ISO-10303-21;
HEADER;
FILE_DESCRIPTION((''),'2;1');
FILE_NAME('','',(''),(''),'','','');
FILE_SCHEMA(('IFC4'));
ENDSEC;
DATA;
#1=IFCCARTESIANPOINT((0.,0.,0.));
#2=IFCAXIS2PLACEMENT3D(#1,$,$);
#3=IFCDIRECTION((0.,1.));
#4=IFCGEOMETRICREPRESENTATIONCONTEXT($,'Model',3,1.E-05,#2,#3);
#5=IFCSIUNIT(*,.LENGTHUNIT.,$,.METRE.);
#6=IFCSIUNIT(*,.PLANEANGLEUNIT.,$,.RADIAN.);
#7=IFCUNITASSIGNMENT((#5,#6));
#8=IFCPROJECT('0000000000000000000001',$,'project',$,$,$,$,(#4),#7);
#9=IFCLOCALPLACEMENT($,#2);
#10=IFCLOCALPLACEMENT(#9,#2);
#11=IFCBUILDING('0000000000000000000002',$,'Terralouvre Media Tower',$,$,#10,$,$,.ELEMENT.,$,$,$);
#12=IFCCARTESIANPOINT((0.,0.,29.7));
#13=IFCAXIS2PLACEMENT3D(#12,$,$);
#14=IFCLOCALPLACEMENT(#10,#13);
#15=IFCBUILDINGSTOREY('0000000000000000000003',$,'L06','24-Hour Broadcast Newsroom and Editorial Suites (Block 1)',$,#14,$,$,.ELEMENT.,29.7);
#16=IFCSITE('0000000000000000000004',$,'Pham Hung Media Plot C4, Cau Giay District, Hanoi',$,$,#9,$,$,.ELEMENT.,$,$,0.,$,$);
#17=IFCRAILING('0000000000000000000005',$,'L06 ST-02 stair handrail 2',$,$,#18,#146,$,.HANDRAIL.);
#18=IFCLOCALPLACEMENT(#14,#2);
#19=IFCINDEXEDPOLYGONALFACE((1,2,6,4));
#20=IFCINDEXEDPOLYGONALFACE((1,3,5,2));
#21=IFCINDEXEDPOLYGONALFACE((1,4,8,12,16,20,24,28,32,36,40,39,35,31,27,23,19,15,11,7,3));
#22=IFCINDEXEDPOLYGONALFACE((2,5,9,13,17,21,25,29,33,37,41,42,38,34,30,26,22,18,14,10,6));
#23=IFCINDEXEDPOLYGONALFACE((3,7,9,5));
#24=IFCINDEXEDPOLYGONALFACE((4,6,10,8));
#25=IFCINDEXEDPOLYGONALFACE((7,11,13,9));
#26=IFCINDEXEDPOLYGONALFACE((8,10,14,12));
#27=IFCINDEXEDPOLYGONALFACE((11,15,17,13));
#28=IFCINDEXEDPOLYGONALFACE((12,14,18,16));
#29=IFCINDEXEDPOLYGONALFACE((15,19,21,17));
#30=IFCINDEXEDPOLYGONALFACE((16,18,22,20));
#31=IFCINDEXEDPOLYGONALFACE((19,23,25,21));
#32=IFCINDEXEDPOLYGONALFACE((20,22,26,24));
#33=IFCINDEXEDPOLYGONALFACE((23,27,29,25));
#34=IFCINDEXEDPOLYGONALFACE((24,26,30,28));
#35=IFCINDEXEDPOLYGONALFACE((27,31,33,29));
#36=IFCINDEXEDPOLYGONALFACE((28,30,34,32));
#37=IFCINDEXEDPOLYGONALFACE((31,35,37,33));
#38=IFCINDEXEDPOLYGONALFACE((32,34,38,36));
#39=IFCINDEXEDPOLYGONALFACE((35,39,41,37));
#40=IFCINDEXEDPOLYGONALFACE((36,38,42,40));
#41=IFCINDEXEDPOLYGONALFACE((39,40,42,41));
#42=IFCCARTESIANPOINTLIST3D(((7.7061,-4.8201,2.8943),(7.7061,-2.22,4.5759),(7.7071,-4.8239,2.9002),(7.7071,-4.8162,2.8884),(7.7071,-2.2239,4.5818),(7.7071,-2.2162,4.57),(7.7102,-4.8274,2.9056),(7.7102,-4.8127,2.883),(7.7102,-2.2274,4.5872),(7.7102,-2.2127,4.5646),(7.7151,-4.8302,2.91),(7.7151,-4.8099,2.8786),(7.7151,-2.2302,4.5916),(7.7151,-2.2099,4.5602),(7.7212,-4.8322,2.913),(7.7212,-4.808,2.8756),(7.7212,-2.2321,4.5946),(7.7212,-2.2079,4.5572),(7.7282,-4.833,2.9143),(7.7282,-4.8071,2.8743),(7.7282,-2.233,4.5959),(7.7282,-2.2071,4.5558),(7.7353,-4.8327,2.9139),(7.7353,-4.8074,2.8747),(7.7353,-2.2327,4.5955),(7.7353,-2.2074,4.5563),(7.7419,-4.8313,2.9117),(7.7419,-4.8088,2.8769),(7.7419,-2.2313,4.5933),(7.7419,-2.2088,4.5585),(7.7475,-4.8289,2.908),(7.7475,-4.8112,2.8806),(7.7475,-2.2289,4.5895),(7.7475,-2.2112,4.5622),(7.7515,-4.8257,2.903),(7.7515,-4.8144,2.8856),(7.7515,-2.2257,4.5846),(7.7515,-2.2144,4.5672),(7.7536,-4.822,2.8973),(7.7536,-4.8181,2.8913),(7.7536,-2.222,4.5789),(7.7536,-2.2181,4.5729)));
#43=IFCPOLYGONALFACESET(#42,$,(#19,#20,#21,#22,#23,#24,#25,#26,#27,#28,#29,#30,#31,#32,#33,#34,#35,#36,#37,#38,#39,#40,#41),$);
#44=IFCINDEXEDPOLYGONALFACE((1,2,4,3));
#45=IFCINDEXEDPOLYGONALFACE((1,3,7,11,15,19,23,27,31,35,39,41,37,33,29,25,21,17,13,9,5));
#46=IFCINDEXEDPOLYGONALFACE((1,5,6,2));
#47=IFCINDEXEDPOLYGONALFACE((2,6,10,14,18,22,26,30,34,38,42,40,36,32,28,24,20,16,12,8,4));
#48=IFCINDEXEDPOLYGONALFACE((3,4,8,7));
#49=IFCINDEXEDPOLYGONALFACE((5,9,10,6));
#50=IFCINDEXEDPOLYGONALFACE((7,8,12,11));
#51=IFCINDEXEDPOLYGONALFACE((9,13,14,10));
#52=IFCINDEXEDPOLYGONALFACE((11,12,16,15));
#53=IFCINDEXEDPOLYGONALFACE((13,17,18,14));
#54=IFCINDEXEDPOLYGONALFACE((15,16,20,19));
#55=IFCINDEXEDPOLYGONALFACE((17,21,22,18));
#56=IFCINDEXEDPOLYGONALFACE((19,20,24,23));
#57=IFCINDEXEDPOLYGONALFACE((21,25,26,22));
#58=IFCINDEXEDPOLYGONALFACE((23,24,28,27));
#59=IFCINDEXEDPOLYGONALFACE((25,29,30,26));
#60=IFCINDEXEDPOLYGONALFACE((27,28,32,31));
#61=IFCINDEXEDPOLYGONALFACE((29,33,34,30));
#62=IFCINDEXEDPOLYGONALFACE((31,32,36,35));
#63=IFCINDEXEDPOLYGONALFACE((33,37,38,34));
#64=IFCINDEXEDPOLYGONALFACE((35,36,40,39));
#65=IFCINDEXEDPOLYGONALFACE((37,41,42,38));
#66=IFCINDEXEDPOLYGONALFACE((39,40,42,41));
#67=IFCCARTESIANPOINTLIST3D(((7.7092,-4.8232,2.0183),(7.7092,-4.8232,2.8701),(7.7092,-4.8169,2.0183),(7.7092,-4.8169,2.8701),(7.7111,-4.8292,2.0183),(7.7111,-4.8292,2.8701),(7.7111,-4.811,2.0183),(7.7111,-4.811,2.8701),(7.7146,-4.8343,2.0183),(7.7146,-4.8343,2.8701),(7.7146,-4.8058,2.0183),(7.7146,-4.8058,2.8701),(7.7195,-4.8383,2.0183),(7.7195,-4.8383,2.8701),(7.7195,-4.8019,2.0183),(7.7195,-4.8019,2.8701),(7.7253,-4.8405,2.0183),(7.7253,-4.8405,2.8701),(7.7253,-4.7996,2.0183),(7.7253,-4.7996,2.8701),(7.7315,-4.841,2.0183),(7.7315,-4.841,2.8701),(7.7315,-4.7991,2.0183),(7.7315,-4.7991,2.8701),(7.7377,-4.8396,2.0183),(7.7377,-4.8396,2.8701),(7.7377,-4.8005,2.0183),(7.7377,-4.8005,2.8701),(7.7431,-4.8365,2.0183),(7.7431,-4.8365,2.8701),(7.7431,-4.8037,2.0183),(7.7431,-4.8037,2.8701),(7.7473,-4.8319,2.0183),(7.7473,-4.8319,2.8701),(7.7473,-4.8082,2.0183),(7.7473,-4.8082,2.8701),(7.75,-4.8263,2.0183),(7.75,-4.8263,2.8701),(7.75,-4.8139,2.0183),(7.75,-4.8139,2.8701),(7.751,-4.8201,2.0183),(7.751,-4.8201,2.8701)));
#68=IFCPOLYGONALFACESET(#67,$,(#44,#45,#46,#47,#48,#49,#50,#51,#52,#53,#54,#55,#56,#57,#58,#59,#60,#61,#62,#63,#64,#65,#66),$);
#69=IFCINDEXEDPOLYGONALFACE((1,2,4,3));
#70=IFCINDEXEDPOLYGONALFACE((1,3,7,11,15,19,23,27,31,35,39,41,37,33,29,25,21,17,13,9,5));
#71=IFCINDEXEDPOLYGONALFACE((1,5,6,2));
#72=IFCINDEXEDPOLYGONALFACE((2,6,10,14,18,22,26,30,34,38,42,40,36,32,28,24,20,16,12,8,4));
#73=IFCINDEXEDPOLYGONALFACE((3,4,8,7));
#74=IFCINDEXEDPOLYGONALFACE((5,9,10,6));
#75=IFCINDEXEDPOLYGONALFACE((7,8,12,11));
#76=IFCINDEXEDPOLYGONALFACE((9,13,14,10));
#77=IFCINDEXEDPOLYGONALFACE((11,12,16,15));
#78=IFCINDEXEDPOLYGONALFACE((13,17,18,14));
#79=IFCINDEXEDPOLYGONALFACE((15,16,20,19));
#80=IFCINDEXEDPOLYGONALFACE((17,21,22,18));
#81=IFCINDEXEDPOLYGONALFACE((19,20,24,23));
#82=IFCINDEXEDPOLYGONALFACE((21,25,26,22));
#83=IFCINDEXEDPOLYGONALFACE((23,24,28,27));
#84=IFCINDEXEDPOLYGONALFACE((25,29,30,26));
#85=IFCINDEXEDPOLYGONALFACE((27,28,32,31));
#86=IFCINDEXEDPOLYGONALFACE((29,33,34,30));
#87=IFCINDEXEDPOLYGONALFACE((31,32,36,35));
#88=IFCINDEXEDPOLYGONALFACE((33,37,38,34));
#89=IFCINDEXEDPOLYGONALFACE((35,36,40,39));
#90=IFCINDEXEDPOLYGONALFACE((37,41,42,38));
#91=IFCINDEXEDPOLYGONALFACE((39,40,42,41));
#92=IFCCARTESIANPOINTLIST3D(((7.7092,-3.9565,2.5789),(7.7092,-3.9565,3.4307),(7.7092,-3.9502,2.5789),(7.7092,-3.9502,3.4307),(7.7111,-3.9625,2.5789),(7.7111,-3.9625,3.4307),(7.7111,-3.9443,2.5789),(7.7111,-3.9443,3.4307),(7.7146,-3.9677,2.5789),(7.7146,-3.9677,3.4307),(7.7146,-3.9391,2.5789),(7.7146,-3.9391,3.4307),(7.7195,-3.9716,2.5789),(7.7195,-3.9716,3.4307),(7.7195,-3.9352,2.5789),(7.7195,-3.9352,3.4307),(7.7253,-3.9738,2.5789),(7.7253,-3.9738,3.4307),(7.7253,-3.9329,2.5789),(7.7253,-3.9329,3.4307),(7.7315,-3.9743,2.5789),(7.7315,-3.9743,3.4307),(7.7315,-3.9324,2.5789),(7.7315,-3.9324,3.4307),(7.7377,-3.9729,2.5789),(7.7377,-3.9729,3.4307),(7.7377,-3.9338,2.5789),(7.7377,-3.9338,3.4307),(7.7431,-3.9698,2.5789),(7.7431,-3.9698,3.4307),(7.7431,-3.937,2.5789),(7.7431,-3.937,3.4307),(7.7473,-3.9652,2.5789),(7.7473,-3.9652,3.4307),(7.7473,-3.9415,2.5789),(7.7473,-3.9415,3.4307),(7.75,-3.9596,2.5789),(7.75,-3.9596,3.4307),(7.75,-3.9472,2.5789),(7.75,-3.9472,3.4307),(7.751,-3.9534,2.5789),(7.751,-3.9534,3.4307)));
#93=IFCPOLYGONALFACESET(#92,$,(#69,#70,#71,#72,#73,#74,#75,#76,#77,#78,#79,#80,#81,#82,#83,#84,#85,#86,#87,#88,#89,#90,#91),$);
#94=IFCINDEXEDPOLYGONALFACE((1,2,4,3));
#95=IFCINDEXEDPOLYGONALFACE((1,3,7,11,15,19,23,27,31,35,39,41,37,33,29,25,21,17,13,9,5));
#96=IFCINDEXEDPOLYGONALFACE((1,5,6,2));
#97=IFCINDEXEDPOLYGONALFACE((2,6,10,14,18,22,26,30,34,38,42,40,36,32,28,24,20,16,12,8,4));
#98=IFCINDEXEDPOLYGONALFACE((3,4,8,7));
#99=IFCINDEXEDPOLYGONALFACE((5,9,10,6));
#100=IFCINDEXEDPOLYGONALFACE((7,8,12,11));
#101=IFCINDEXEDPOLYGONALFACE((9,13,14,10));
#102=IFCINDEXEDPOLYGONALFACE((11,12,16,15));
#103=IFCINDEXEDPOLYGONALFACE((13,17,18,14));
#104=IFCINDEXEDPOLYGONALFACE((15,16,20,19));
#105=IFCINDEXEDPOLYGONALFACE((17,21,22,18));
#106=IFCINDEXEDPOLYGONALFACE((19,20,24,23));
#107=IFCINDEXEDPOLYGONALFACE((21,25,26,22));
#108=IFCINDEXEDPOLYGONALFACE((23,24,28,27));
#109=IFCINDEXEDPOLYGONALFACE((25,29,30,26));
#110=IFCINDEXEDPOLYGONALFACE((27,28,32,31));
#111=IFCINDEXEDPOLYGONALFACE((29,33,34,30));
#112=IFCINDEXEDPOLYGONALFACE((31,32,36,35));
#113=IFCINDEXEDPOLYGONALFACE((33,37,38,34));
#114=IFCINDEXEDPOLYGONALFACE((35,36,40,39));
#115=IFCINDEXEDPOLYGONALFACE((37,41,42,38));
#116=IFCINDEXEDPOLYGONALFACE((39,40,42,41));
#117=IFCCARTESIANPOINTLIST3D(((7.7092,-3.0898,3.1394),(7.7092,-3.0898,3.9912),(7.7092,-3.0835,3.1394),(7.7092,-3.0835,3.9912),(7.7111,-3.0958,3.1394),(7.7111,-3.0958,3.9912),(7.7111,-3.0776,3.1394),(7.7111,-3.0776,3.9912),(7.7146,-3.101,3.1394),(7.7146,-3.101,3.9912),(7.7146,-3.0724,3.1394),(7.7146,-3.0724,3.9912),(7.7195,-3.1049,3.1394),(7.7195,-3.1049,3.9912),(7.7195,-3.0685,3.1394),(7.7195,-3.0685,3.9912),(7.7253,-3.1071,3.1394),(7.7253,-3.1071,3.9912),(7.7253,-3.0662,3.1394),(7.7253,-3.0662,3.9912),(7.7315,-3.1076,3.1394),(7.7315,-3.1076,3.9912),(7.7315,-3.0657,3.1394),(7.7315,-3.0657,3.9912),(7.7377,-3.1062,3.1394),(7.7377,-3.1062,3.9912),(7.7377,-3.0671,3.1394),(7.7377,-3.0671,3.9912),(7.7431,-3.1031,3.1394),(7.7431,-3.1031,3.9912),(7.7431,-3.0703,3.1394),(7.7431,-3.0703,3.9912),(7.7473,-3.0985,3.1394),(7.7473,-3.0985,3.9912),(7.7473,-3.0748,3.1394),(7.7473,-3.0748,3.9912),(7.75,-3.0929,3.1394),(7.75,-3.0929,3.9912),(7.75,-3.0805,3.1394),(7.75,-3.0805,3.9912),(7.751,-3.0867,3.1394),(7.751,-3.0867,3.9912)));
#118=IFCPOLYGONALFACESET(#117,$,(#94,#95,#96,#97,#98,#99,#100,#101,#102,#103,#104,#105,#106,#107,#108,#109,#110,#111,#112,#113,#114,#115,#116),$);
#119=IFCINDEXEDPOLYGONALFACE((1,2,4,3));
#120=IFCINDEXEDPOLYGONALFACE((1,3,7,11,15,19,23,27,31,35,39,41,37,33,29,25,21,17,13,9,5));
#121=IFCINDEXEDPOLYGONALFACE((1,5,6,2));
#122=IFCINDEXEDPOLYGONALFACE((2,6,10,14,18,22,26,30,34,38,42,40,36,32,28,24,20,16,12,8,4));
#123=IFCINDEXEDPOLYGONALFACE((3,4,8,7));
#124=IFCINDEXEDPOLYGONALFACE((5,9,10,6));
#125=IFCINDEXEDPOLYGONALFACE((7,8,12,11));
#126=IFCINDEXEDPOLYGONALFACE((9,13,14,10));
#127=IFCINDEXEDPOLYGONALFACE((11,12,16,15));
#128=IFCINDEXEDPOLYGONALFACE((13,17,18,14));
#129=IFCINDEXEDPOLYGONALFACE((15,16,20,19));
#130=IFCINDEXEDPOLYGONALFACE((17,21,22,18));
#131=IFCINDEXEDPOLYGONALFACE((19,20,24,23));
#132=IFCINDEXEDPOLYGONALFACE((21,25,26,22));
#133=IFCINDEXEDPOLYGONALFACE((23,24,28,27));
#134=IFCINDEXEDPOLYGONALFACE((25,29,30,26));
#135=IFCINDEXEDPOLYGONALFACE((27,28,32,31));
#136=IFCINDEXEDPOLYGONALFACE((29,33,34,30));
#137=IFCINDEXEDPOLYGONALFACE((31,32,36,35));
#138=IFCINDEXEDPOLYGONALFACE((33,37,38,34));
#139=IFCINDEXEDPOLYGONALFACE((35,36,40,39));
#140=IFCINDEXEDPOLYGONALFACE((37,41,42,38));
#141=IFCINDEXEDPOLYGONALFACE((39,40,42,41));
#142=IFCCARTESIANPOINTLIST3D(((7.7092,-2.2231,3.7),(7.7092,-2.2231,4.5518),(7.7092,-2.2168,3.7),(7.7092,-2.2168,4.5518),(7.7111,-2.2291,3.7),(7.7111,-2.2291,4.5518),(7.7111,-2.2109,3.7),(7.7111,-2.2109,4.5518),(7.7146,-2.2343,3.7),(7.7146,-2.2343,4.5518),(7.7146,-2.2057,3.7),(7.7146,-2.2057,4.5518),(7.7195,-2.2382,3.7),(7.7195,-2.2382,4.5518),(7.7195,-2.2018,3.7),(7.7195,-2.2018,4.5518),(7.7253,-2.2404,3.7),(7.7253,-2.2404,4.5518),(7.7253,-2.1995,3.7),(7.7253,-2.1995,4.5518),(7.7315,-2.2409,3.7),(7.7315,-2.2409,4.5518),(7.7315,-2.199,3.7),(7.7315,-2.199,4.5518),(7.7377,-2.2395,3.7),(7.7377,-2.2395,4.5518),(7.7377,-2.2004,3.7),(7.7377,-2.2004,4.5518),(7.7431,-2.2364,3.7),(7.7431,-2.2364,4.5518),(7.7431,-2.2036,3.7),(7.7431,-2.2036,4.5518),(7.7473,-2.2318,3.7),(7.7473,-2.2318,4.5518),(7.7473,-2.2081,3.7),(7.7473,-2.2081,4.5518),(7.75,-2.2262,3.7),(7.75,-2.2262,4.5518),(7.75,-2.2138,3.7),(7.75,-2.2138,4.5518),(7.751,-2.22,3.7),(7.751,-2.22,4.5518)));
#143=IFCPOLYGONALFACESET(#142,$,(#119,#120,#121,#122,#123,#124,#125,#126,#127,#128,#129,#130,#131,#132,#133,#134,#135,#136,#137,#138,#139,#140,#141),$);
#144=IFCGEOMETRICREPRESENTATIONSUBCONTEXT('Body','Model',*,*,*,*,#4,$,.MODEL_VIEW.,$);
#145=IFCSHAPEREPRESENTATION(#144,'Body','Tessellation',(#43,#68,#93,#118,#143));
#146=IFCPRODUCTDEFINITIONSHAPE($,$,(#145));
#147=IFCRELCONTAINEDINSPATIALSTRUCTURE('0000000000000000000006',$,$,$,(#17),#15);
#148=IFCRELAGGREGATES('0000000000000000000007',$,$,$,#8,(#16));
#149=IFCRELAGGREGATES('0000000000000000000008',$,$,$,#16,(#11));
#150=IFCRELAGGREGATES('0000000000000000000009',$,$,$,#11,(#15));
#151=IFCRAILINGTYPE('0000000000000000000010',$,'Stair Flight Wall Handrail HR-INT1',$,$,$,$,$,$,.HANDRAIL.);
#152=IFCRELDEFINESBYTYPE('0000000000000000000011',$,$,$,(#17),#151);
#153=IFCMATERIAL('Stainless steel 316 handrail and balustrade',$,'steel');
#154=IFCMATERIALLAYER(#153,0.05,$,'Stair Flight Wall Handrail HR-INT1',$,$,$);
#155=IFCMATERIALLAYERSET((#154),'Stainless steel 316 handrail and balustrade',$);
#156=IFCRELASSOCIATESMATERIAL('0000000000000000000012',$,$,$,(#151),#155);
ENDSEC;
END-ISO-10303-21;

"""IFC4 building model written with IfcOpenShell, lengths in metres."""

from ifc_helpers import new_model, si_unit, direction, frame, origin, origin_2d, place, context, subcontext, project, spatial, circle, extrude, material, layer, layer_set, type_object, element, save


model = new_model("IFC4")

# Units and contexts
model_context = context("Model", 3, precision=1e-05, world=origin(), true_north=direction((0.0, 1.0)))
body_context = subcontext(model_context, "Body", "Model", "MODEL_VIEW")
ifc_project = project(units=[si_unit("LENGTHUNIT", "METRE"), si_unit("PLANEANGLEUNIT", "RADIAN")], contexts=[model_context])

# Site, building, storey
site_placement = place(None, origin())
site = spatial("IfcSite", under=ifc_project, at=site_placement, Name="Pham Hung Media Plot C4, Cau Giay District, Hanoi", CompositionType="ELEMENT", RefElevation=0.0)
building_placement = place(site_placement, origin())
building = spatial("IfcBuilding", under=site, at=building_placement, Name="Terralouvre Media Tower", CompositionType="ELEMENT")
storey_placement = place(building_placement, frame((0.0, 0.0, 29.7)))
storey = spatial("IfcBuildingStorey", under=building, at=storey_placement, Name="L06", Description="24-Hour Broadcast Newsroom and Editorial Suites (Block 1)", CompositionType="ELEMENT", Elevation=29.7)

# Railing
ifc_material_1 = material(Name="Stainless steel 316 handrail and balustrade", Category="steel")
ifc_layer_1 = layer(ifc_material_1, 0.05, Name="Stair Flight Wall Handrail HR-INT1")
ifc_layer_set_1 = layer_set([ifc_layer_1], Name="Stainless steel 316 handrail and balustrade")
railing_type_1 = type_object("IfcRailingType", Name="Stair Flight Wall Handrail HR-INT1", PredefinedType="HANDRAIL", material=ifc_layer_set_1)
railing_1_placement = place(storey_placement, frame((7.73, -4.8201, 2.0183)))
element("IfcRailing", 1, at=railing_1_placement, inside=storey, type_object=railing_type_1, Name="L06 ST-02 stair handrail 2", PredefinedType="HANDRAIL", context=body_context, shape_type="SweptSolid", body=[
    extrude(circle(Radius=0.0239, at=origin_2d()), frame((0.0, 0.0, 0.876), z_axis=(0.0, 0.839684, 0.543075), x_axis=(-1.0, 0.0, 0.0)), (0.0, 0.0, 1.0), 3.0964),
    extrude(circle(Radius=0.021, at=origin_2d()), origin(), (0.0, 0.0, 1.0), 0.8518),
    extrude(circle(Radius=0.021, at=origin_2d()), frame((0.0, 0.8667, 0.5605)), (0.0, 0.0, 1.0), 0.8518),
    extrude(circle(Radius=0.021, at=origin_2d()), frame((0.0, 1.7334, 1.1211)), (0.0, 0.0, 1.0), 0.8518),
    extrude(circle(Radius=0.021, at=origin_2d()), frame((0.0, 2.6001, 1.6816)), (0.0, 0.0, 1.0), 0.8518),
])

save(model, "model.ifc")
